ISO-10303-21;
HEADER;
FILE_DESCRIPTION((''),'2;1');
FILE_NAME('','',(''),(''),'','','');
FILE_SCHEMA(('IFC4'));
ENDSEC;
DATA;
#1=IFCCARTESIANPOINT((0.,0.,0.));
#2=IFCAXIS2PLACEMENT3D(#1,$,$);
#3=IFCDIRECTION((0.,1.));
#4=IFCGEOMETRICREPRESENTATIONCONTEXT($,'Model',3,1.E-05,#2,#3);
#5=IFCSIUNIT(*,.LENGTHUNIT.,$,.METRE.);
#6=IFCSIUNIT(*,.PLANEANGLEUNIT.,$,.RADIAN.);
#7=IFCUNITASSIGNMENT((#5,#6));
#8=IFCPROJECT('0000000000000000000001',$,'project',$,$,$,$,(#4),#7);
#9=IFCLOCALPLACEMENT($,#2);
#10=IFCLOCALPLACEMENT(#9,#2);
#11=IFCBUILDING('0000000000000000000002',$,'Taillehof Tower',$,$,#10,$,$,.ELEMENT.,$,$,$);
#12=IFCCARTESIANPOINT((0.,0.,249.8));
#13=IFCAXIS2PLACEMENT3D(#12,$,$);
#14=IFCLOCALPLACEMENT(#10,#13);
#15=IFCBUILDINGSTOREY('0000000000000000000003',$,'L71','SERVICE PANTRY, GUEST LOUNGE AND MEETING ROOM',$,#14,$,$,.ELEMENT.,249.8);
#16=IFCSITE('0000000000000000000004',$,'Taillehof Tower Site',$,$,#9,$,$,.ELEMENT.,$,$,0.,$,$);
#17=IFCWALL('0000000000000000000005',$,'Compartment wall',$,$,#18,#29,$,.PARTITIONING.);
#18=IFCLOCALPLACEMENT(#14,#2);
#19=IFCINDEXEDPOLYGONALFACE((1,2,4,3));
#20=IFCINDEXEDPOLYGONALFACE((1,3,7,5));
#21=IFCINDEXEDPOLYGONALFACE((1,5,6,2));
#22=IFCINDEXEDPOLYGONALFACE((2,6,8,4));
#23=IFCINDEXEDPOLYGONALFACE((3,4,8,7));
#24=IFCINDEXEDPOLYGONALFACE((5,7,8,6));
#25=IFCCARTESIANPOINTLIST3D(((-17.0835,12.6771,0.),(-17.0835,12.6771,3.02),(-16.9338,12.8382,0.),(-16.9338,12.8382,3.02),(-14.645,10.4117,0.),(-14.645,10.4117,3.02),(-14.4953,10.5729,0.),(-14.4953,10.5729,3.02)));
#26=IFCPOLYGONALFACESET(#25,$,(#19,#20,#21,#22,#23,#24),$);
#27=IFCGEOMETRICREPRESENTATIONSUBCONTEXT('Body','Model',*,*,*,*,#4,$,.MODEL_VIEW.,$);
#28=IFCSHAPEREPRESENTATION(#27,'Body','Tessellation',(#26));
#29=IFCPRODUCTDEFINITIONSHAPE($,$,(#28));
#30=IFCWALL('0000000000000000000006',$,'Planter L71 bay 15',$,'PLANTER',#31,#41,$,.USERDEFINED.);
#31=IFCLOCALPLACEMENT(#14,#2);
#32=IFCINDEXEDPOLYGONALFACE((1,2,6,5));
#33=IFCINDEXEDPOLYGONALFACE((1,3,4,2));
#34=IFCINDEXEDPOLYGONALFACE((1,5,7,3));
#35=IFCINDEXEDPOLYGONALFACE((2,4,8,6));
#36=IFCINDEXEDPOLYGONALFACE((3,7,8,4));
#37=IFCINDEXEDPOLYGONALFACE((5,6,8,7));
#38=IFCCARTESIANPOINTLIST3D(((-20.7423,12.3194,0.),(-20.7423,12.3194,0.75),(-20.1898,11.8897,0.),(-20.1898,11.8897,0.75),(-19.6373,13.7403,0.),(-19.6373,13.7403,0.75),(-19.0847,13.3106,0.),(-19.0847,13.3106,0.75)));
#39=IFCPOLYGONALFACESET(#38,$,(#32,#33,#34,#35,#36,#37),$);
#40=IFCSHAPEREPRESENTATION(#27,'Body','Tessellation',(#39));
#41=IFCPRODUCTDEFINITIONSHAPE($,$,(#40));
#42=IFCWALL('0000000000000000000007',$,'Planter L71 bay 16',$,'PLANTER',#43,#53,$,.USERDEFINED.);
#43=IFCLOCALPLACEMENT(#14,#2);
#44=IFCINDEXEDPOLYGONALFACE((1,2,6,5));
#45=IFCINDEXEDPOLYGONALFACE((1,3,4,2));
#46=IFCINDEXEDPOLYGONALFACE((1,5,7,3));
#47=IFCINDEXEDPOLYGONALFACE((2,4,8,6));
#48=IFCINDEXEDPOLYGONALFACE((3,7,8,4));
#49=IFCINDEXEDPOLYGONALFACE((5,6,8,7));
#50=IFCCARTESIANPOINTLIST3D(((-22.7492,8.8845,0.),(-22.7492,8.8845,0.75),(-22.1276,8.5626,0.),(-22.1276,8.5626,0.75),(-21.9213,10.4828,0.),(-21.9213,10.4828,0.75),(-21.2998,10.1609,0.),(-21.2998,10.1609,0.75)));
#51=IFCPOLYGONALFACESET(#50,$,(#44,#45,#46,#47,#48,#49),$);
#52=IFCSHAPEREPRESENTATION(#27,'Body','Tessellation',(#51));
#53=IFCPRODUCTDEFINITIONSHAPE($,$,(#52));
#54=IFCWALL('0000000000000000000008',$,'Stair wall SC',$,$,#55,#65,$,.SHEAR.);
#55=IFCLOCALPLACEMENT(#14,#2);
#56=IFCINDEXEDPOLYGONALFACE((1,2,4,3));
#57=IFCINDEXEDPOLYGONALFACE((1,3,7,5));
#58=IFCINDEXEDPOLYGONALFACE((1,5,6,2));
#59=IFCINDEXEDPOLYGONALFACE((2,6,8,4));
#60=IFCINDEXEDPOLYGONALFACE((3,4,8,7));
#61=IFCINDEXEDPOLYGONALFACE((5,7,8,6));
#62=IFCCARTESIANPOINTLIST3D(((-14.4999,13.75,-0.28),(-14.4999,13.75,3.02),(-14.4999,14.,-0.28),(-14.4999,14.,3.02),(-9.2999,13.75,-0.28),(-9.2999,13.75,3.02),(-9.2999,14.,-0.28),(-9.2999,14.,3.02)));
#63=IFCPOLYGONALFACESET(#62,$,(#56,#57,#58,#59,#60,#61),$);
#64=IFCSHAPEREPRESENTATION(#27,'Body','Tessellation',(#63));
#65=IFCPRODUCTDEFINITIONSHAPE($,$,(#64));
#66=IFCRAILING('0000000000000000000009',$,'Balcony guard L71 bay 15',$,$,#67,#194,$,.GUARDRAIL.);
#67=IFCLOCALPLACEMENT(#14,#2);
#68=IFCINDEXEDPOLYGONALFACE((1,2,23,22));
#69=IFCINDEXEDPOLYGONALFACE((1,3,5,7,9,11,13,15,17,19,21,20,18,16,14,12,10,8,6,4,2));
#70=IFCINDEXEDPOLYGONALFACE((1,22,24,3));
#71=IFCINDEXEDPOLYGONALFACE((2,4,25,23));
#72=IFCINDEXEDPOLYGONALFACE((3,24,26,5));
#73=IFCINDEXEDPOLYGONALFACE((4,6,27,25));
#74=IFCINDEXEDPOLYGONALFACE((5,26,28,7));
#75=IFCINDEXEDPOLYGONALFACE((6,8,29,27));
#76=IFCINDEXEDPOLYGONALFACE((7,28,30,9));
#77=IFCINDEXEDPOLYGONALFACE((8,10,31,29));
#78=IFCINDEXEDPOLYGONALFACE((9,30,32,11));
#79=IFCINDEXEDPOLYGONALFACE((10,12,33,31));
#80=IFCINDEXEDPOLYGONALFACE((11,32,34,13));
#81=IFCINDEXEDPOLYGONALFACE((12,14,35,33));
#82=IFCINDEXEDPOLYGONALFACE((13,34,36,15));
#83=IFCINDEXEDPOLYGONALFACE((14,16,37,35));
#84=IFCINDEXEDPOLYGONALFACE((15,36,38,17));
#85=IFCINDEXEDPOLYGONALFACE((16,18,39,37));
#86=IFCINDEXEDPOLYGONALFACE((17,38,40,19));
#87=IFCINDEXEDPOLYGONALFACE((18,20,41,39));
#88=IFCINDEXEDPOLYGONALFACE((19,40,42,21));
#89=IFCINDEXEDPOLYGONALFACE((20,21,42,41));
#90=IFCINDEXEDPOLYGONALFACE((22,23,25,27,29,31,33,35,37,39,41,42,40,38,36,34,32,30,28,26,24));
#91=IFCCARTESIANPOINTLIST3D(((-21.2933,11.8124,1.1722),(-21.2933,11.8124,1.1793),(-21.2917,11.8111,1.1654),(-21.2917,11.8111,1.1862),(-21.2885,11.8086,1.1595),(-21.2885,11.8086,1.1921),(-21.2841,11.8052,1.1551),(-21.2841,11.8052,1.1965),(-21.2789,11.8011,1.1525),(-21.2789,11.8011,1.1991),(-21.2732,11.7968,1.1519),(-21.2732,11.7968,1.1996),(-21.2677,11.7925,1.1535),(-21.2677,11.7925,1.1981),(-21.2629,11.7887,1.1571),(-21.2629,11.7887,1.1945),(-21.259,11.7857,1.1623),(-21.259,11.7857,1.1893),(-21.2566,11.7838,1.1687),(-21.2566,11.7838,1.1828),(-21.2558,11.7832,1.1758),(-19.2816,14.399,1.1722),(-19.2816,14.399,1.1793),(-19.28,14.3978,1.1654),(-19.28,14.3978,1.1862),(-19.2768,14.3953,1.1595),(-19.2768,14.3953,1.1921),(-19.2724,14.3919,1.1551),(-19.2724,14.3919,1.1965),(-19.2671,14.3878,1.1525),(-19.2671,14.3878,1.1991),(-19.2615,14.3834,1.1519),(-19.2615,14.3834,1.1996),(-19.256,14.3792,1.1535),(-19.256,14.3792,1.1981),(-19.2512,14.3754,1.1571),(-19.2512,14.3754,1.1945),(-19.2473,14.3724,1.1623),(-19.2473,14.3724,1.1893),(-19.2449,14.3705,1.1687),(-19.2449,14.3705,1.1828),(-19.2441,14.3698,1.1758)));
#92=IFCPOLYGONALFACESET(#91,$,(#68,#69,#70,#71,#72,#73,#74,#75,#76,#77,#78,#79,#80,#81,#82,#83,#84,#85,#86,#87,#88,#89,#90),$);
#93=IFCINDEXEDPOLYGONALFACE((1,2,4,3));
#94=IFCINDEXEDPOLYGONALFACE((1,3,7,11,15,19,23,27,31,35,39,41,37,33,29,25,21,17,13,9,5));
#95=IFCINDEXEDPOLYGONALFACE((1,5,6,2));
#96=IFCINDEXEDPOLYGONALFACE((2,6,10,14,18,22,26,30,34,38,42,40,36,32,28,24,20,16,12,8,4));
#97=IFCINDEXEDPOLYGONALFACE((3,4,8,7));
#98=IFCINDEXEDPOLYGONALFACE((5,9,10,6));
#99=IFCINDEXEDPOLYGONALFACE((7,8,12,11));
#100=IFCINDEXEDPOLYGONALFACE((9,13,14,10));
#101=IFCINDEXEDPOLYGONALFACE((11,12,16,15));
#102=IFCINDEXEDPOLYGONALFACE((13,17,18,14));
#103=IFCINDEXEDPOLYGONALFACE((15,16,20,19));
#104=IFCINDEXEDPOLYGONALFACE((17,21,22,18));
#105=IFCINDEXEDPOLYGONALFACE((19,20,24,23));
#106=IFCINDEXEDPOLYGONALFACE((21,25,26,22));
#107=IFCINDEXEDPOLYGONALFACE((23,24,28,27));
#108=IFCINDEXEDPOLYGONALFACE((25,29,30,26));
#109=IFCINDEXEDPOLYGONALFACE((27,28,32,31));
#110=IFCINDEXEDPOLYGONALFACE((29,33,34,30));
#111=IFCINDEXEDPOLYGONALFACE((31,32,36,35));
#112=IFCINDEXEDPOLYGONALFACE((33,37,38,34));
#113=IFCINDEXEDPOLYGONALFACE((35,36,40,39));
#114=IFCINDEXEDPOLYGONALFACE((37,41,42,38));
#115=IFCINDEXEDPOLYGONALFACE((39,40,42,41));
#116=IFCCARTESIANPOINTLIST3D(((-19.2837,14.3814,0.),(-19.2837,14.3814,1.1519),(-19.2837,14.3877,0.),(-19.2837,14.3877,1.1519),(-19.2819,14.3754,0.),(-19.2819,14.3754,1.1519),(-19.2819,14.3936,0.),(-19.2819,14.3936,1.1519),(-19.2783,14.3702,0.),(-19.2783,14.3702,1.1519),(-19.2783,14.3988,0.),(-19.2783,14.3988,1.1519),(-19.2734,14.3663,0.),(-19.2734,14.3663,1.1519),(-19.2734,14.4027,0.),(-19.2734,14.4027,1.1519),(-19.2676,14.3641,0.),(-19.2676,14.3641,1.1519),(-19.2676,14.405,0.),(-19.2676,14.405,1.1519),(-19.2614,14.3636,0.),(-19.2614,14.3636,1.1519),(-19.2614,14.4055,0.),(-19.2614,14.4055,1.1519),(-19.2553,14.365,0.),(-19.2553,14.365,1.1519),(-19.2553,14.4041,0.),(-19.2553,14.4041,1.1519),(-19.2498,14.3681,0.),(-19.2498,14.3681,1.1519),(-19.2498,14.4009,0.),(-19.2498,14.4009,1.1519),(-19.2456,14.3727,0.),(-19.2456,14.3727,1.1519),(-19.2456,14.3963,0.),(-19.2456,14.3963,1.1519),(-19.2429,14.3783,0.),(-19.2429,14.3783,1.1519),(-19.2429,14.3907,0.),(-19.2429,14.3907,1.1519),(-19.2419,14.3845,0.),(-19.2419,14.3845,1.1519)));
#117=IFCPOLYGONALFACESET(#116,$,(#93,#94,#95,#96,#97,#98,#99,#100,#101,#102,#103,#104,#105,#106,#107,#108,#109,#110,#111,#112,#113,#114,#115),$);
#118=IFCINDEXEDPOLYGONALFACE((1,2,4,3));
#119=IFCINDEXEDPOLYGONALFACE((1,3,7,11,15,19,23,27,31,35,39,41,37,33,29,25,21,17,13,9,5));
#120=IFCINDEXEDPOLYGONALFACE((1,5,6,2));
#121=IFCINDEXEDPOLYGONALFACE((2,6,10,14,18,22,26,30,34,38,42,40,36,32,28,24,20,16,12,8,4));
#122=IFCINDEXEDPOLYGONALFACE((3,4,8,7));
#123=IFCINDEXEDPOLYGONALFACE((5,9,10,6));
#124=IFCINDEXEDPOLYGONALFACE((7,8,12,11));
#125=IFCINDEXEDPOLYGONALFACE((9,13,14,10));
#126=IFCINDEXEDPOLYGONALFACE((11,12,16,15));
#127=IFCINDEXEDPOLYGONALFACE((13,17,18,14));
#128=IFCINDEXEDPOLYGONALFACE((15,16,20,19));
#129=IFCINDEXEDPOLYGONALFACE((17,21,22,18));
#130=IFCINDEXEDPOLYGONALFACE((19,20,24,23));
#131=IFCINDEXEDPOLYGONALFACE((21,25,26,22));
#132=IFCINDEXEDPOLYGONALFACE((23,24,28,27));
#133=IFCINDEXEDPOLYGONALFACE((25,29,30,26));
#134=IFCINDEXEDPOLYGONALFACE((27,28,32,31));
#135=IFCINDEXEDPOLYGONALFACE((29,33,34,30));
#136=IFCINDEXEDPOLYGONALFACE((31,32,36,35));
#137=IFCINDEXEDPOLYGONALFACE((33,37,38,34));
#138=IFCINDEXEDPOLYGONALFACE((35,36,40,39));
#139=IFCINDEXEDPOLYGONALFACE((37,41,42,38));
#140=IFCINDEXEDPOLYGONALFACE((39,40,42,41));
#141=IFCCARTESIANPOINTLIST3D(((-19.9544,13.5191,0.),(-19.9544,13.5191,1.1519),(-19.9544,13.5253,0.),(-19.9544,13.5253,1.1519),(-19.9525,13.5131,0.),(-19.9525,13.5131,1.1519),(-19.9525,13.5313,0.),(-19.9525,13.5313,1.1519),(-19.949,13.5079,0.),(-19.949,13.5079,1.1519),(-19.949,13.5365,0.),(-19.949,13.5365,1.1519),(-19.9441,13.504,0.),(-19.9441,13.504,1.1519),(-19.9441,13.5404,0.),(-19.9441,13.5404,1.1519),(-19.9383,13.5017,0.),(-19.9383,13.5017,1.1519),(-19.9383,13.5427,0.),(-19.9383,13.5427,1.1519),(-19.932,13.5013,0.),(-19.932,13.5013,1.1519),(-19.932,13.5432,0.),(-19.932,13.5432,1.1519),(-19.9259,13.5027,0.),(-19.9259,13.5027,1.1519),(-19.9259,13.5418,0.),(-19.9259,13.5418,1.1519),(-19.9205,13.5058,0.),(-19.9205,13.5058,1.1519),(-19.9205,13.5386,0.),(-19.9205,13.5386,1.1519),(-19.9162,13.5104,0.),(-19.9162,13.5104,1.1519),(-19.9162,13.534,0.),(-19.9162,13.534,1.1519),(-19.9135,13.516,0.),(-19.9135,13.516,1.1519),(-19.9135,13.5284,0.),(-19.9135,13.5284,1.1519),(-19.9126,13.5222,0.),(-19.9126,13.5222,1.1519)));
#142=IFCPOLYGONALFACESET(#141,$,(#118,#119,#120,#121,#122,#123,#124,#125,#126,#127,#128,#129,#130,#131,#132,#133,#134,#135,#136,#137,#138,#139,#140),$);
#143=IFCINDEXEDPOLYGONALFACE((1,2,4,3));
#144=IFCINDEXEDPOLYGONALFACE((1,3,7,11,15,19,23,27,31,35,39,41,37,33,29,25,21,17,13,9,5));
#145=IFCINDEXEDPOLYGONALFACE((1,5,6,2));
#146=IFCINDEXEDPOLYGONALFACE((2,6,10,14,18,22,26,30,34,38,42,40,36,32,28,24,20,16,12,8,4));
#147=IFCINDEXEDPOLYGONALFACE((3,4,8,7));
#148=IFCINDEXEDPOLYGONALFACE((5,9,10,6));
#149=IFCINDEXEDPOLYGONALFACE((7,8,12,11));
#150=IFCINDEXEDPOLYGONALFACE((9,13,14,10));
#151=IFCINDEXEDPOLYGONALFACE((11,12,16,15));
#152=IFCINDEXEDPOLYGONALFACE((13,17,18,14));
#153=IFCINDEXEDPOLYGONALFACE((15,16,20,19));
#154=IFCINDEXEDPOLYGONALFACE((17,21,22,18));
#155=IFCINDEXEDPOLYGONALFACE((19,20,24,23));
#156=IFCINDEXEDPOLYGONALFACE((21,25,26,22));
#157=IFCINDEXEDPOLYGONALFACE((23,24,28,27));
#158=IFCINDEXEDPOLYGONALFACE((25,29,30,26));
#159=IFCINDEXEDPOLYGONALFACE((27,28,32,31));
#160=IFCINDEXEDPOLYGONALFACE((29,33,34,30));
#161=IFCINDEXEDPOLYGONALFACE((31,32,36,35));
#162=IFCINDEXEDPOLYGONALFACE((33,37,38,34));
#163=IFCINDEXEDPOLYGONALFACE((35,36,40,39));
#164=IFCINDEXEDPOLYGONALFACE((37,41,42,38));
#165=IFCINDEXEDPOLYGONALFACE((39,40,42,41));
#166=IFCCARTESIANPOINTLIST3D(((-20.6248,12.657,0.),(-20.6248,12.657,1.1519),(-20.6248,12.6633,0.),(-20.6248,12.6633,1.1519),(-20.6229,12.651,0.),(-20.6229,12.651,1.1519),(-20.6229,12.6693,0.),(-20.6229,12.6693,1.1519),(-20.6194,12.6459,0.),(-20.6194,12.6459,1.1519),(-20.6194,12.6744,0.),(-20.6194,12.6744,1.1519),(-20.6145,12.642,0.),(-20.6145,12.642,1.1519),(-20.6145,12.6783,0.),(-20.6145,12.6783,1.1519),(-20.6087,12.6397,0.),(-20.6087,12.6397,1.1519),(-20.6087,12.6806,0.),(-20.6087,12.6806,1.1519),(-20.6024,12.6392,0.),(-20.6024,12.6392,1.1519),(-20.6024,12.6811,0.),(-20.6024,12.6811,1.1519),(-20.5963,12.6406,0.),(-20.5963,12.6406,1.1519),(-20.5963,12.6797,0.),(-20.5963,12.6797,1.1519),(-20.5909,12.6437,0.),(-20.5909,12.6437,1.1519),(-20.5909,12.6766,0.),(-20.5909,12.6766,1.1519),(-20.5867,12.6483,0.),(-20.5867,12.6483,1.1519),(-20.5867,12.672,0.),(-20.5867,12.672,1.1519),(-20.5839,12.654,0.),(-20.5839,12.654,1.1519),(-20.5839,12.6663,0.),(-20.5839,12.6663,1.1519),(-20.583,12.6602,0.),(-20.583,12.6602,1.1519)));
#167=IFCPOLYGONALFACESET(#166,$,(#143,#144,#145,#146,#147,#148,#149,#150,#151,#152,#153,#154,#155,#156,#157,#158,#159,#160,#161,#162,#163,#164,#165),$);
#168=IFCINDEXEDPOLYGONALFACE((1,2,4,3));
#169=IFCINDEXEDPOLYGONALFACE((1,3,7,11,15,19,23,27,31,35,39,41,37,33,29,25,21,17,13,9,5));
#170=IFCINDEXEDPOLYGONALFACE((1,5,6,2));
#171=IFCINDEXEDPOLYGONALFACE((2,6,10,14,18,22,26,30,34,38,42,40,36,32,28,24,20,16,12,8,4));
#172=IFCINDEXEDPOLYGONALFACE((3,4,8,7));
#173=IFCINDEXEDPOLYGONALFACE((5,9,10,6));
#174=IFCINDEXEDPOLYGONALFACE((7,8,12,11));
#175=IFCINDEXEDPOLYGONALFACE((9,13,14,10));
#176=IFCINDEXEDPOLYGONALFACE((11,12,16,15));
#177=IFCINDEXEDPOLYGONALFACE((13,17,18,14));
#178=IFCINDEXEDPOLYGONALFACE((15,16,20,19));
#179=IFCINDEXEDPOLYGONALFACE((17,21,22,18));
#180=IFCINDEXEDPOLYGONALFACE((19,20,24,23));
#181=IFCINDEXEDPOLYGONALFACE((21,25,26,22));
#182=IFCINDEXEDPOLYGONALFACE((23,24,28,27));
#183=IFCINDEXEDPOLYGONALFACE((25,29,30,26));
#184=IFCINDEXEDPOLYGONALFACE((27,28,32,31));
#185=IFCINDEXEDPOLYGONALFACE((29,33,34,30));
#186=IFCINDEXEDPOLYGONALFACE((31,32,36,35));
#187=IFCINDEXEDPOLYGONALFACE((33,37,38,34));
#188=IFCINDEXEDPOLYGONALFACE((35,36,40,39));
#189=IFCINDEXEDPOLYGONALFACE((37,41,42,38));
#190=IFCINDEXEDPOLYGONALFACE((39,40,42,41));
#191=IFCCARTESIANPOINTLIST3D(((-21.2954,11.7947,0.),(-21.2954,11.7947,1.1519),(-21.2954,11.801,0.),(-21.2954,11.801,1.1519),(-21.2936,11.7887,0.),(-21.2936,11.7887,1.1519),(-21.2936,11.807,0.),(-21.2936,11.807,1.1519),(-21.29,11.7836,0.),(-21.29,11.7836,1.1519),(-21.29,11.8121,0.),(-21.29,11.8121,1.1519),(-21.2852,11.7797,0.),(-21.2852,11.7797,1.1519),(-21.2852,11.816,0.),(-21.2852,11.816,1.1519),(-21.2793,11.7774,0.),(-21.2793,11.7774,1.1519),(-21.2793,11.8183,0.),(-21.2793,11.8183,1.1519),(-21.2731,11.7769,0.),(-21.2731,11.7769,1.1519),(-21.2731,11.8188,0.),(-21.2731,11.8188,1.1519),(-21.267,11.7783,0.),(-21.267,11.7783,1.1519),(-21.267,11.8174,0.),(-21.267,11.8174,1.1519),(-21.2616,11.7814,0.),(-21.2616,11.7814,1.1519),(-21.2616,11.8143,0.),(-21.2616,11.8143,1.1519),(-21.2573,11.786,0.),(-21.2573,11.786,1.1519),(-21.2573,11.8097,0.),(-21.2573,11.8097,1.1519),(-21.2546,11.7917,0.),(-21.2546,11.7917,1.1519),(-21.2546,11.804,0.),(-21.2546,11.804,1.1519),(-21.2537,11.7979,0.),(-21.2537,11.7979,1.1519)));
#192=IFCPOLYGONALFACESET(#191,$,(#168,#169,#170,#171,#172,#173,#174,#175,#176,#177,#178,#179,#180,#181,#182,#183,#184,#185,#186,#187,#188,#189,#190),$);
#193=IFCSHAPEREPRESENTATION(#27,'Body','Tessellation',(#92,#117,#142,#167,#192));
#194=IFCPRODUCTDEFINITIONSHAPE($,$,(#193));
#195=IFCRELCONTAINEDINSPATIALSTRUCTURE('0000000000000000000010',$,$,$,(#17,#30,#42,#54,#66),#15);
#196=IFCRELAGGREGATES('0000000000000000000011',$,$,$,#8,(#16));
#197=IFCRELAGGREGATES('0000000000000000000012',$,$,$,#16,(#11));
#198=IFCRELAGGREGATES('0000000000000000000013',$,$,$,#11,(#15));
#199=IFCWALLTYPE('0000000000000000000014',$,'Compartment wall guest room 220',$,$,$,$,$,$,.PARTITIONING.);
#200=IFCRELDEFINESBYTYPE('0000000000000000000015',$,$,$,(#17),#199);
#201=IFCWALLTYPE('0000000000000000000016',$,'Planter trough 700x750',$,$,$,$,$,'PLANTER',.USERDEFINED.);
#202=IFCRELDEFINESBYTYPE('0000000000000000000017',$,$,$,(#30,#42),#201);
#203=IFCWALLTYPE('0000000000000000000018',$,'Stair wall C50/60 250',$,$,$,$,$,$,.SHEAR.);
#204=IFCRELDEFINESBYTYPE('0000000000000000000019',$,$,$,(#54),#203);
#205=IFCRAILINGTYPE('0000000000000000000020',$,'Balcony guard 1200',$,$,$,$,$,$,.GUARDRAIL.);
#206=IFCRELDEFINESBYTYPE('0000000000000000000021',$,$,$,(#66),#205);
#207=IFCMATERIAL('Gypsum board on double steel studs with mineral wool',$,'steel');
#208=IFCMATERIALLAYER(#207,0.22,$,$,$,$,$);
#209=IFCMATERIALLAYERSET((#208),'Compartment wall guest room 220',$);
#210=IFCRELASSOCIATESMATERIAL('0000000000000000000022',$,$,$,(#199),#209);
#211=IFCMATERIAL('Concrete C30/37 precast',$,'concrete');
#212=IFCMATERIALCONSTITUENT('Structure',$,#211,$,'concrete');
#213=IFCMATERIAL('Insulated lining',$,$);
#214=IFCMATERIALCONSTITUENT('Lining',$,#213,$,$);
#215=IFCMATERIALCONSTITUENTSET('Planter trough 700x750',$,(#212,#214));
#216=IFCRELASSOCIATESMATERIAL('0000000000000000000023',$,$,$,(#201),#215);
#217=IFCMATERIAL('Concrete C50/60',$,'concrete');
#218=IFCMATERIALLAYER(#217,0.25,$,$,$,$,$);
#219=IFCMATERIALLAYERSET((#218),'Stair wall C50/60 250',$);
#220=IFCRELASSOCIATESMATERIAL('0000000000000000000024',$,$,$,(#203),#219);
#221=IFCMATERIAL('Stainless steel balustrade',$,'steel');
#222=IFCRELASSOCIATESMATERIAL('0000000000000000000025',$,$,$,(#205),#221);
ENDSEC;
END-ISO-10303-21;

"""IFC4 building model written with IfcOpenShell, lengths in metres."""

from ifc_helpers import new_model, si_unit, direction, frame, frame_2d, origin, origin_2d, place, context, subcontext, project, spatial, rectangle, circle, extrude, material, layer, layer_set, constituent, constituent_set, type_object, element, save


model = new_model("IFC4")

# Units and contexts
model_context = context("Model", 3, precision=1e-05, world=origin(), true_north=direction((0.0, 1.0)))
body_context = subcontext(model_context, "Body", "Model", "MODEL_VIEW")
ifc_project = project(units=[si_unit("LENGTHUNIT", "METRE"), si_unit("PLANEANGLEUNIT", "RADIAN")], contexts=[model_context])

# Site, building, storey
site_placement = place(None, origin())
site = spatial("IfcSite", under=ifc_project, at=site_placement, Name="Taillehof Tower Site", CompositionType="ELEMENT", RefElevation=0.0)
building_placement = place(site_placement, origin())
building = spatial("IfcBuilding", under=site, at=building_placement, Name="Taillehof Tower", CompositionType="ELEMENT")
storey_placement = place(building_placement, frame((0.0, 0.0, 249.8)))
storey = spatial("IfcBuildingStorey", under=building, at=storey_placement, Name="L71", Description="SERVICE PANTRY, GUEST LOUNGE AND MEETING ROOM", CompositionType="ELEMENT", Elevation=249.8)

# Walls
ifc_material_1 = material(Name="Gypsum board on double steel studs with mineral wool", Category="steel")
ifc_layer_1 = layer(ifc_material_1, 0.22)
ifc_layer_set_1 = layer_set([ifc_layer_1], Name="Compartment wall guest room 220")
wall_type_1 = type_object("IfcWallType", Name="Compartment wall guest room 220", PredefinedType="PARTITIONING", material=ifc_layer_set_1)
wall_1_placement = place(storey_placement, frame((-17.0085, 12.7576, 0.0), z_axis=(0.0, 0.0, 1.0), x_axis=(0.732631, -0.680626, 0.0)))
element("IfcWall", 1, at=wall_1_placement, inside=storey, type_object=wall_type_1, Name="Compartment wall", PredefinedType="PARTITIONING", context=body_context, shape_type="SweptSolid", body=[
    extrude(rectangle(XDim=3.3284, YDim=0.22, at=frame_2d((1.6641, 0.0))), origin(), (0.0, 0.0, 1.0), 3.02),
])
ifc_material_2 = material(Name="Concrete C30/37 precast", Category="concrete")
ifc_constituent_1 = constituent(ifc_material_2, Name="Structure", Category="concrete")
ifc_material_3 = material(Name="Insulated lining")
ifc_constituent_2 = constituent(ifc_material_3, Name="Lining")
ifc_constituent_set = constituent_set(constituents=[ifc_constituent_1, ifc_constituent_2], Name="Planter trough 700x750")
wall_type_2 = type_object("IfcWallType", Name="Planter trough 700x750", ElementType="PLANTER", PredefinedType="USERDEFINED", material=ifc_constituent_set)
for number, where, z_axis, x_axis, name in (
    (2, (-19.3611, 13.5254, 0.0), (0.0, 0.0, 1.0), (-0.613884, -0.789396, 0.0), "Planter L71 bay 15"),
    (3, (-21.6106, 10.3218, 0.0), (0.0, 0.0, 1.0), (-0.459917, -0.887962, 0.0), "Planter L71 bay 16"),
):
    element("IfcWall", number, at=place(storey_placement, frame(where, z_axis=z_axis, x_axis=x_axis)), inside=storey, type_object=wall_type_2, Name=name, ObjectType="PLANTER", PredefinedType="USERDEFINED", context=body_context, shape_type="SweptSolid", body=[
        extrude(rectangle(XDim=1.8, YDim=0.7, at=frame_2d((0.8999, 0.0))), origin(), (0.0, 0.0, 1.0), 0.75),
    ])
ifc_material_4 = material(Name="Concrete C50/60", Category="concrete")
ifc_layer_2 = layer(ifc_material_4, 0.25)
ifc_layer_set_2 = layer_set([ifc_layer_2], Name="Stair wall C50/60 250")
wall_type_3 = type_object("IfcWallType", Name="Stair wall C50/60 250", PredefinedType="SHEAR", material=ifc_layer_set_2)
wall_2_placement = place(storey_placement, frame((-14.5, 13.875, -0.28), z_axis=(0.0, 0.0, 1.0), x_axis=(1.0, 0.0, 0.0)))
element("IfcWall", 4, at=wall_2_placement, inside=storey, type_object=wall_type_3, Name="Stair wall SC", PredefinedType="SHEAR", context=body_context, shape_type="SweptSolid", body=[
    extrude(rectangle(XDim=5.2, YDim=0.25, at=frame_2d((2.6001, 0.0))), origin(), (0.0, 0.0, 1.0), 3.3),
])

# Railing
ifc_material_5 = material(Name="Stainless steel balustrade", Category="steel")
railing_type = type_object("IfcRailingType", Name="Balcony guard 1200", PredefinedType="GUARDRAIL", material=ifc_material_5)
railing_1_placement = place(storey_placement, frame((-19.2629, 14.3845, 0.0)))
element("IfcRailing", 5, at=railing_1_placement, inside=storey, type_object=railing_type, Name="Balcony guard L71 bay 15", PredefinedType="GUARDRAIL", context=body_context, shape_type="SweptSolid", body=[
    extrude(circle(Radius=0.0239, at=origin_2d()), frame((0.0, 0.0, 1.1758), z_axis=(-0.613915, -0.789372, 0.0), x_axis=(0.789372, -0.613915, 0.0)), (0.0, 0.0, 1.0), 3.2769),
    extrude(circle(Radius=0.021, at=origin_2d()), origin(), (0.0, 0.0, 1.0), 1.1519),
    extrude(circle(Radius=0.021, at=origin_2d()), frame((-0.6707, -0.8623, 0.0)), (0.0, 0.0, 1.0), 1.1519),
    extrude(circle(Radius=0.021, at=origin_2d()), frame((-1.3411, -1.7244, 0.0)), (0.0, 0.0, 1.0), 1.1519),
    extrude(circle(Radius=0.021, at=origin_2d()), frame((-2.0117, -2.5867, 0.0)), (0.0, 0.0, 1.0), 1.1519),
])

save(model, "model.ifc")
